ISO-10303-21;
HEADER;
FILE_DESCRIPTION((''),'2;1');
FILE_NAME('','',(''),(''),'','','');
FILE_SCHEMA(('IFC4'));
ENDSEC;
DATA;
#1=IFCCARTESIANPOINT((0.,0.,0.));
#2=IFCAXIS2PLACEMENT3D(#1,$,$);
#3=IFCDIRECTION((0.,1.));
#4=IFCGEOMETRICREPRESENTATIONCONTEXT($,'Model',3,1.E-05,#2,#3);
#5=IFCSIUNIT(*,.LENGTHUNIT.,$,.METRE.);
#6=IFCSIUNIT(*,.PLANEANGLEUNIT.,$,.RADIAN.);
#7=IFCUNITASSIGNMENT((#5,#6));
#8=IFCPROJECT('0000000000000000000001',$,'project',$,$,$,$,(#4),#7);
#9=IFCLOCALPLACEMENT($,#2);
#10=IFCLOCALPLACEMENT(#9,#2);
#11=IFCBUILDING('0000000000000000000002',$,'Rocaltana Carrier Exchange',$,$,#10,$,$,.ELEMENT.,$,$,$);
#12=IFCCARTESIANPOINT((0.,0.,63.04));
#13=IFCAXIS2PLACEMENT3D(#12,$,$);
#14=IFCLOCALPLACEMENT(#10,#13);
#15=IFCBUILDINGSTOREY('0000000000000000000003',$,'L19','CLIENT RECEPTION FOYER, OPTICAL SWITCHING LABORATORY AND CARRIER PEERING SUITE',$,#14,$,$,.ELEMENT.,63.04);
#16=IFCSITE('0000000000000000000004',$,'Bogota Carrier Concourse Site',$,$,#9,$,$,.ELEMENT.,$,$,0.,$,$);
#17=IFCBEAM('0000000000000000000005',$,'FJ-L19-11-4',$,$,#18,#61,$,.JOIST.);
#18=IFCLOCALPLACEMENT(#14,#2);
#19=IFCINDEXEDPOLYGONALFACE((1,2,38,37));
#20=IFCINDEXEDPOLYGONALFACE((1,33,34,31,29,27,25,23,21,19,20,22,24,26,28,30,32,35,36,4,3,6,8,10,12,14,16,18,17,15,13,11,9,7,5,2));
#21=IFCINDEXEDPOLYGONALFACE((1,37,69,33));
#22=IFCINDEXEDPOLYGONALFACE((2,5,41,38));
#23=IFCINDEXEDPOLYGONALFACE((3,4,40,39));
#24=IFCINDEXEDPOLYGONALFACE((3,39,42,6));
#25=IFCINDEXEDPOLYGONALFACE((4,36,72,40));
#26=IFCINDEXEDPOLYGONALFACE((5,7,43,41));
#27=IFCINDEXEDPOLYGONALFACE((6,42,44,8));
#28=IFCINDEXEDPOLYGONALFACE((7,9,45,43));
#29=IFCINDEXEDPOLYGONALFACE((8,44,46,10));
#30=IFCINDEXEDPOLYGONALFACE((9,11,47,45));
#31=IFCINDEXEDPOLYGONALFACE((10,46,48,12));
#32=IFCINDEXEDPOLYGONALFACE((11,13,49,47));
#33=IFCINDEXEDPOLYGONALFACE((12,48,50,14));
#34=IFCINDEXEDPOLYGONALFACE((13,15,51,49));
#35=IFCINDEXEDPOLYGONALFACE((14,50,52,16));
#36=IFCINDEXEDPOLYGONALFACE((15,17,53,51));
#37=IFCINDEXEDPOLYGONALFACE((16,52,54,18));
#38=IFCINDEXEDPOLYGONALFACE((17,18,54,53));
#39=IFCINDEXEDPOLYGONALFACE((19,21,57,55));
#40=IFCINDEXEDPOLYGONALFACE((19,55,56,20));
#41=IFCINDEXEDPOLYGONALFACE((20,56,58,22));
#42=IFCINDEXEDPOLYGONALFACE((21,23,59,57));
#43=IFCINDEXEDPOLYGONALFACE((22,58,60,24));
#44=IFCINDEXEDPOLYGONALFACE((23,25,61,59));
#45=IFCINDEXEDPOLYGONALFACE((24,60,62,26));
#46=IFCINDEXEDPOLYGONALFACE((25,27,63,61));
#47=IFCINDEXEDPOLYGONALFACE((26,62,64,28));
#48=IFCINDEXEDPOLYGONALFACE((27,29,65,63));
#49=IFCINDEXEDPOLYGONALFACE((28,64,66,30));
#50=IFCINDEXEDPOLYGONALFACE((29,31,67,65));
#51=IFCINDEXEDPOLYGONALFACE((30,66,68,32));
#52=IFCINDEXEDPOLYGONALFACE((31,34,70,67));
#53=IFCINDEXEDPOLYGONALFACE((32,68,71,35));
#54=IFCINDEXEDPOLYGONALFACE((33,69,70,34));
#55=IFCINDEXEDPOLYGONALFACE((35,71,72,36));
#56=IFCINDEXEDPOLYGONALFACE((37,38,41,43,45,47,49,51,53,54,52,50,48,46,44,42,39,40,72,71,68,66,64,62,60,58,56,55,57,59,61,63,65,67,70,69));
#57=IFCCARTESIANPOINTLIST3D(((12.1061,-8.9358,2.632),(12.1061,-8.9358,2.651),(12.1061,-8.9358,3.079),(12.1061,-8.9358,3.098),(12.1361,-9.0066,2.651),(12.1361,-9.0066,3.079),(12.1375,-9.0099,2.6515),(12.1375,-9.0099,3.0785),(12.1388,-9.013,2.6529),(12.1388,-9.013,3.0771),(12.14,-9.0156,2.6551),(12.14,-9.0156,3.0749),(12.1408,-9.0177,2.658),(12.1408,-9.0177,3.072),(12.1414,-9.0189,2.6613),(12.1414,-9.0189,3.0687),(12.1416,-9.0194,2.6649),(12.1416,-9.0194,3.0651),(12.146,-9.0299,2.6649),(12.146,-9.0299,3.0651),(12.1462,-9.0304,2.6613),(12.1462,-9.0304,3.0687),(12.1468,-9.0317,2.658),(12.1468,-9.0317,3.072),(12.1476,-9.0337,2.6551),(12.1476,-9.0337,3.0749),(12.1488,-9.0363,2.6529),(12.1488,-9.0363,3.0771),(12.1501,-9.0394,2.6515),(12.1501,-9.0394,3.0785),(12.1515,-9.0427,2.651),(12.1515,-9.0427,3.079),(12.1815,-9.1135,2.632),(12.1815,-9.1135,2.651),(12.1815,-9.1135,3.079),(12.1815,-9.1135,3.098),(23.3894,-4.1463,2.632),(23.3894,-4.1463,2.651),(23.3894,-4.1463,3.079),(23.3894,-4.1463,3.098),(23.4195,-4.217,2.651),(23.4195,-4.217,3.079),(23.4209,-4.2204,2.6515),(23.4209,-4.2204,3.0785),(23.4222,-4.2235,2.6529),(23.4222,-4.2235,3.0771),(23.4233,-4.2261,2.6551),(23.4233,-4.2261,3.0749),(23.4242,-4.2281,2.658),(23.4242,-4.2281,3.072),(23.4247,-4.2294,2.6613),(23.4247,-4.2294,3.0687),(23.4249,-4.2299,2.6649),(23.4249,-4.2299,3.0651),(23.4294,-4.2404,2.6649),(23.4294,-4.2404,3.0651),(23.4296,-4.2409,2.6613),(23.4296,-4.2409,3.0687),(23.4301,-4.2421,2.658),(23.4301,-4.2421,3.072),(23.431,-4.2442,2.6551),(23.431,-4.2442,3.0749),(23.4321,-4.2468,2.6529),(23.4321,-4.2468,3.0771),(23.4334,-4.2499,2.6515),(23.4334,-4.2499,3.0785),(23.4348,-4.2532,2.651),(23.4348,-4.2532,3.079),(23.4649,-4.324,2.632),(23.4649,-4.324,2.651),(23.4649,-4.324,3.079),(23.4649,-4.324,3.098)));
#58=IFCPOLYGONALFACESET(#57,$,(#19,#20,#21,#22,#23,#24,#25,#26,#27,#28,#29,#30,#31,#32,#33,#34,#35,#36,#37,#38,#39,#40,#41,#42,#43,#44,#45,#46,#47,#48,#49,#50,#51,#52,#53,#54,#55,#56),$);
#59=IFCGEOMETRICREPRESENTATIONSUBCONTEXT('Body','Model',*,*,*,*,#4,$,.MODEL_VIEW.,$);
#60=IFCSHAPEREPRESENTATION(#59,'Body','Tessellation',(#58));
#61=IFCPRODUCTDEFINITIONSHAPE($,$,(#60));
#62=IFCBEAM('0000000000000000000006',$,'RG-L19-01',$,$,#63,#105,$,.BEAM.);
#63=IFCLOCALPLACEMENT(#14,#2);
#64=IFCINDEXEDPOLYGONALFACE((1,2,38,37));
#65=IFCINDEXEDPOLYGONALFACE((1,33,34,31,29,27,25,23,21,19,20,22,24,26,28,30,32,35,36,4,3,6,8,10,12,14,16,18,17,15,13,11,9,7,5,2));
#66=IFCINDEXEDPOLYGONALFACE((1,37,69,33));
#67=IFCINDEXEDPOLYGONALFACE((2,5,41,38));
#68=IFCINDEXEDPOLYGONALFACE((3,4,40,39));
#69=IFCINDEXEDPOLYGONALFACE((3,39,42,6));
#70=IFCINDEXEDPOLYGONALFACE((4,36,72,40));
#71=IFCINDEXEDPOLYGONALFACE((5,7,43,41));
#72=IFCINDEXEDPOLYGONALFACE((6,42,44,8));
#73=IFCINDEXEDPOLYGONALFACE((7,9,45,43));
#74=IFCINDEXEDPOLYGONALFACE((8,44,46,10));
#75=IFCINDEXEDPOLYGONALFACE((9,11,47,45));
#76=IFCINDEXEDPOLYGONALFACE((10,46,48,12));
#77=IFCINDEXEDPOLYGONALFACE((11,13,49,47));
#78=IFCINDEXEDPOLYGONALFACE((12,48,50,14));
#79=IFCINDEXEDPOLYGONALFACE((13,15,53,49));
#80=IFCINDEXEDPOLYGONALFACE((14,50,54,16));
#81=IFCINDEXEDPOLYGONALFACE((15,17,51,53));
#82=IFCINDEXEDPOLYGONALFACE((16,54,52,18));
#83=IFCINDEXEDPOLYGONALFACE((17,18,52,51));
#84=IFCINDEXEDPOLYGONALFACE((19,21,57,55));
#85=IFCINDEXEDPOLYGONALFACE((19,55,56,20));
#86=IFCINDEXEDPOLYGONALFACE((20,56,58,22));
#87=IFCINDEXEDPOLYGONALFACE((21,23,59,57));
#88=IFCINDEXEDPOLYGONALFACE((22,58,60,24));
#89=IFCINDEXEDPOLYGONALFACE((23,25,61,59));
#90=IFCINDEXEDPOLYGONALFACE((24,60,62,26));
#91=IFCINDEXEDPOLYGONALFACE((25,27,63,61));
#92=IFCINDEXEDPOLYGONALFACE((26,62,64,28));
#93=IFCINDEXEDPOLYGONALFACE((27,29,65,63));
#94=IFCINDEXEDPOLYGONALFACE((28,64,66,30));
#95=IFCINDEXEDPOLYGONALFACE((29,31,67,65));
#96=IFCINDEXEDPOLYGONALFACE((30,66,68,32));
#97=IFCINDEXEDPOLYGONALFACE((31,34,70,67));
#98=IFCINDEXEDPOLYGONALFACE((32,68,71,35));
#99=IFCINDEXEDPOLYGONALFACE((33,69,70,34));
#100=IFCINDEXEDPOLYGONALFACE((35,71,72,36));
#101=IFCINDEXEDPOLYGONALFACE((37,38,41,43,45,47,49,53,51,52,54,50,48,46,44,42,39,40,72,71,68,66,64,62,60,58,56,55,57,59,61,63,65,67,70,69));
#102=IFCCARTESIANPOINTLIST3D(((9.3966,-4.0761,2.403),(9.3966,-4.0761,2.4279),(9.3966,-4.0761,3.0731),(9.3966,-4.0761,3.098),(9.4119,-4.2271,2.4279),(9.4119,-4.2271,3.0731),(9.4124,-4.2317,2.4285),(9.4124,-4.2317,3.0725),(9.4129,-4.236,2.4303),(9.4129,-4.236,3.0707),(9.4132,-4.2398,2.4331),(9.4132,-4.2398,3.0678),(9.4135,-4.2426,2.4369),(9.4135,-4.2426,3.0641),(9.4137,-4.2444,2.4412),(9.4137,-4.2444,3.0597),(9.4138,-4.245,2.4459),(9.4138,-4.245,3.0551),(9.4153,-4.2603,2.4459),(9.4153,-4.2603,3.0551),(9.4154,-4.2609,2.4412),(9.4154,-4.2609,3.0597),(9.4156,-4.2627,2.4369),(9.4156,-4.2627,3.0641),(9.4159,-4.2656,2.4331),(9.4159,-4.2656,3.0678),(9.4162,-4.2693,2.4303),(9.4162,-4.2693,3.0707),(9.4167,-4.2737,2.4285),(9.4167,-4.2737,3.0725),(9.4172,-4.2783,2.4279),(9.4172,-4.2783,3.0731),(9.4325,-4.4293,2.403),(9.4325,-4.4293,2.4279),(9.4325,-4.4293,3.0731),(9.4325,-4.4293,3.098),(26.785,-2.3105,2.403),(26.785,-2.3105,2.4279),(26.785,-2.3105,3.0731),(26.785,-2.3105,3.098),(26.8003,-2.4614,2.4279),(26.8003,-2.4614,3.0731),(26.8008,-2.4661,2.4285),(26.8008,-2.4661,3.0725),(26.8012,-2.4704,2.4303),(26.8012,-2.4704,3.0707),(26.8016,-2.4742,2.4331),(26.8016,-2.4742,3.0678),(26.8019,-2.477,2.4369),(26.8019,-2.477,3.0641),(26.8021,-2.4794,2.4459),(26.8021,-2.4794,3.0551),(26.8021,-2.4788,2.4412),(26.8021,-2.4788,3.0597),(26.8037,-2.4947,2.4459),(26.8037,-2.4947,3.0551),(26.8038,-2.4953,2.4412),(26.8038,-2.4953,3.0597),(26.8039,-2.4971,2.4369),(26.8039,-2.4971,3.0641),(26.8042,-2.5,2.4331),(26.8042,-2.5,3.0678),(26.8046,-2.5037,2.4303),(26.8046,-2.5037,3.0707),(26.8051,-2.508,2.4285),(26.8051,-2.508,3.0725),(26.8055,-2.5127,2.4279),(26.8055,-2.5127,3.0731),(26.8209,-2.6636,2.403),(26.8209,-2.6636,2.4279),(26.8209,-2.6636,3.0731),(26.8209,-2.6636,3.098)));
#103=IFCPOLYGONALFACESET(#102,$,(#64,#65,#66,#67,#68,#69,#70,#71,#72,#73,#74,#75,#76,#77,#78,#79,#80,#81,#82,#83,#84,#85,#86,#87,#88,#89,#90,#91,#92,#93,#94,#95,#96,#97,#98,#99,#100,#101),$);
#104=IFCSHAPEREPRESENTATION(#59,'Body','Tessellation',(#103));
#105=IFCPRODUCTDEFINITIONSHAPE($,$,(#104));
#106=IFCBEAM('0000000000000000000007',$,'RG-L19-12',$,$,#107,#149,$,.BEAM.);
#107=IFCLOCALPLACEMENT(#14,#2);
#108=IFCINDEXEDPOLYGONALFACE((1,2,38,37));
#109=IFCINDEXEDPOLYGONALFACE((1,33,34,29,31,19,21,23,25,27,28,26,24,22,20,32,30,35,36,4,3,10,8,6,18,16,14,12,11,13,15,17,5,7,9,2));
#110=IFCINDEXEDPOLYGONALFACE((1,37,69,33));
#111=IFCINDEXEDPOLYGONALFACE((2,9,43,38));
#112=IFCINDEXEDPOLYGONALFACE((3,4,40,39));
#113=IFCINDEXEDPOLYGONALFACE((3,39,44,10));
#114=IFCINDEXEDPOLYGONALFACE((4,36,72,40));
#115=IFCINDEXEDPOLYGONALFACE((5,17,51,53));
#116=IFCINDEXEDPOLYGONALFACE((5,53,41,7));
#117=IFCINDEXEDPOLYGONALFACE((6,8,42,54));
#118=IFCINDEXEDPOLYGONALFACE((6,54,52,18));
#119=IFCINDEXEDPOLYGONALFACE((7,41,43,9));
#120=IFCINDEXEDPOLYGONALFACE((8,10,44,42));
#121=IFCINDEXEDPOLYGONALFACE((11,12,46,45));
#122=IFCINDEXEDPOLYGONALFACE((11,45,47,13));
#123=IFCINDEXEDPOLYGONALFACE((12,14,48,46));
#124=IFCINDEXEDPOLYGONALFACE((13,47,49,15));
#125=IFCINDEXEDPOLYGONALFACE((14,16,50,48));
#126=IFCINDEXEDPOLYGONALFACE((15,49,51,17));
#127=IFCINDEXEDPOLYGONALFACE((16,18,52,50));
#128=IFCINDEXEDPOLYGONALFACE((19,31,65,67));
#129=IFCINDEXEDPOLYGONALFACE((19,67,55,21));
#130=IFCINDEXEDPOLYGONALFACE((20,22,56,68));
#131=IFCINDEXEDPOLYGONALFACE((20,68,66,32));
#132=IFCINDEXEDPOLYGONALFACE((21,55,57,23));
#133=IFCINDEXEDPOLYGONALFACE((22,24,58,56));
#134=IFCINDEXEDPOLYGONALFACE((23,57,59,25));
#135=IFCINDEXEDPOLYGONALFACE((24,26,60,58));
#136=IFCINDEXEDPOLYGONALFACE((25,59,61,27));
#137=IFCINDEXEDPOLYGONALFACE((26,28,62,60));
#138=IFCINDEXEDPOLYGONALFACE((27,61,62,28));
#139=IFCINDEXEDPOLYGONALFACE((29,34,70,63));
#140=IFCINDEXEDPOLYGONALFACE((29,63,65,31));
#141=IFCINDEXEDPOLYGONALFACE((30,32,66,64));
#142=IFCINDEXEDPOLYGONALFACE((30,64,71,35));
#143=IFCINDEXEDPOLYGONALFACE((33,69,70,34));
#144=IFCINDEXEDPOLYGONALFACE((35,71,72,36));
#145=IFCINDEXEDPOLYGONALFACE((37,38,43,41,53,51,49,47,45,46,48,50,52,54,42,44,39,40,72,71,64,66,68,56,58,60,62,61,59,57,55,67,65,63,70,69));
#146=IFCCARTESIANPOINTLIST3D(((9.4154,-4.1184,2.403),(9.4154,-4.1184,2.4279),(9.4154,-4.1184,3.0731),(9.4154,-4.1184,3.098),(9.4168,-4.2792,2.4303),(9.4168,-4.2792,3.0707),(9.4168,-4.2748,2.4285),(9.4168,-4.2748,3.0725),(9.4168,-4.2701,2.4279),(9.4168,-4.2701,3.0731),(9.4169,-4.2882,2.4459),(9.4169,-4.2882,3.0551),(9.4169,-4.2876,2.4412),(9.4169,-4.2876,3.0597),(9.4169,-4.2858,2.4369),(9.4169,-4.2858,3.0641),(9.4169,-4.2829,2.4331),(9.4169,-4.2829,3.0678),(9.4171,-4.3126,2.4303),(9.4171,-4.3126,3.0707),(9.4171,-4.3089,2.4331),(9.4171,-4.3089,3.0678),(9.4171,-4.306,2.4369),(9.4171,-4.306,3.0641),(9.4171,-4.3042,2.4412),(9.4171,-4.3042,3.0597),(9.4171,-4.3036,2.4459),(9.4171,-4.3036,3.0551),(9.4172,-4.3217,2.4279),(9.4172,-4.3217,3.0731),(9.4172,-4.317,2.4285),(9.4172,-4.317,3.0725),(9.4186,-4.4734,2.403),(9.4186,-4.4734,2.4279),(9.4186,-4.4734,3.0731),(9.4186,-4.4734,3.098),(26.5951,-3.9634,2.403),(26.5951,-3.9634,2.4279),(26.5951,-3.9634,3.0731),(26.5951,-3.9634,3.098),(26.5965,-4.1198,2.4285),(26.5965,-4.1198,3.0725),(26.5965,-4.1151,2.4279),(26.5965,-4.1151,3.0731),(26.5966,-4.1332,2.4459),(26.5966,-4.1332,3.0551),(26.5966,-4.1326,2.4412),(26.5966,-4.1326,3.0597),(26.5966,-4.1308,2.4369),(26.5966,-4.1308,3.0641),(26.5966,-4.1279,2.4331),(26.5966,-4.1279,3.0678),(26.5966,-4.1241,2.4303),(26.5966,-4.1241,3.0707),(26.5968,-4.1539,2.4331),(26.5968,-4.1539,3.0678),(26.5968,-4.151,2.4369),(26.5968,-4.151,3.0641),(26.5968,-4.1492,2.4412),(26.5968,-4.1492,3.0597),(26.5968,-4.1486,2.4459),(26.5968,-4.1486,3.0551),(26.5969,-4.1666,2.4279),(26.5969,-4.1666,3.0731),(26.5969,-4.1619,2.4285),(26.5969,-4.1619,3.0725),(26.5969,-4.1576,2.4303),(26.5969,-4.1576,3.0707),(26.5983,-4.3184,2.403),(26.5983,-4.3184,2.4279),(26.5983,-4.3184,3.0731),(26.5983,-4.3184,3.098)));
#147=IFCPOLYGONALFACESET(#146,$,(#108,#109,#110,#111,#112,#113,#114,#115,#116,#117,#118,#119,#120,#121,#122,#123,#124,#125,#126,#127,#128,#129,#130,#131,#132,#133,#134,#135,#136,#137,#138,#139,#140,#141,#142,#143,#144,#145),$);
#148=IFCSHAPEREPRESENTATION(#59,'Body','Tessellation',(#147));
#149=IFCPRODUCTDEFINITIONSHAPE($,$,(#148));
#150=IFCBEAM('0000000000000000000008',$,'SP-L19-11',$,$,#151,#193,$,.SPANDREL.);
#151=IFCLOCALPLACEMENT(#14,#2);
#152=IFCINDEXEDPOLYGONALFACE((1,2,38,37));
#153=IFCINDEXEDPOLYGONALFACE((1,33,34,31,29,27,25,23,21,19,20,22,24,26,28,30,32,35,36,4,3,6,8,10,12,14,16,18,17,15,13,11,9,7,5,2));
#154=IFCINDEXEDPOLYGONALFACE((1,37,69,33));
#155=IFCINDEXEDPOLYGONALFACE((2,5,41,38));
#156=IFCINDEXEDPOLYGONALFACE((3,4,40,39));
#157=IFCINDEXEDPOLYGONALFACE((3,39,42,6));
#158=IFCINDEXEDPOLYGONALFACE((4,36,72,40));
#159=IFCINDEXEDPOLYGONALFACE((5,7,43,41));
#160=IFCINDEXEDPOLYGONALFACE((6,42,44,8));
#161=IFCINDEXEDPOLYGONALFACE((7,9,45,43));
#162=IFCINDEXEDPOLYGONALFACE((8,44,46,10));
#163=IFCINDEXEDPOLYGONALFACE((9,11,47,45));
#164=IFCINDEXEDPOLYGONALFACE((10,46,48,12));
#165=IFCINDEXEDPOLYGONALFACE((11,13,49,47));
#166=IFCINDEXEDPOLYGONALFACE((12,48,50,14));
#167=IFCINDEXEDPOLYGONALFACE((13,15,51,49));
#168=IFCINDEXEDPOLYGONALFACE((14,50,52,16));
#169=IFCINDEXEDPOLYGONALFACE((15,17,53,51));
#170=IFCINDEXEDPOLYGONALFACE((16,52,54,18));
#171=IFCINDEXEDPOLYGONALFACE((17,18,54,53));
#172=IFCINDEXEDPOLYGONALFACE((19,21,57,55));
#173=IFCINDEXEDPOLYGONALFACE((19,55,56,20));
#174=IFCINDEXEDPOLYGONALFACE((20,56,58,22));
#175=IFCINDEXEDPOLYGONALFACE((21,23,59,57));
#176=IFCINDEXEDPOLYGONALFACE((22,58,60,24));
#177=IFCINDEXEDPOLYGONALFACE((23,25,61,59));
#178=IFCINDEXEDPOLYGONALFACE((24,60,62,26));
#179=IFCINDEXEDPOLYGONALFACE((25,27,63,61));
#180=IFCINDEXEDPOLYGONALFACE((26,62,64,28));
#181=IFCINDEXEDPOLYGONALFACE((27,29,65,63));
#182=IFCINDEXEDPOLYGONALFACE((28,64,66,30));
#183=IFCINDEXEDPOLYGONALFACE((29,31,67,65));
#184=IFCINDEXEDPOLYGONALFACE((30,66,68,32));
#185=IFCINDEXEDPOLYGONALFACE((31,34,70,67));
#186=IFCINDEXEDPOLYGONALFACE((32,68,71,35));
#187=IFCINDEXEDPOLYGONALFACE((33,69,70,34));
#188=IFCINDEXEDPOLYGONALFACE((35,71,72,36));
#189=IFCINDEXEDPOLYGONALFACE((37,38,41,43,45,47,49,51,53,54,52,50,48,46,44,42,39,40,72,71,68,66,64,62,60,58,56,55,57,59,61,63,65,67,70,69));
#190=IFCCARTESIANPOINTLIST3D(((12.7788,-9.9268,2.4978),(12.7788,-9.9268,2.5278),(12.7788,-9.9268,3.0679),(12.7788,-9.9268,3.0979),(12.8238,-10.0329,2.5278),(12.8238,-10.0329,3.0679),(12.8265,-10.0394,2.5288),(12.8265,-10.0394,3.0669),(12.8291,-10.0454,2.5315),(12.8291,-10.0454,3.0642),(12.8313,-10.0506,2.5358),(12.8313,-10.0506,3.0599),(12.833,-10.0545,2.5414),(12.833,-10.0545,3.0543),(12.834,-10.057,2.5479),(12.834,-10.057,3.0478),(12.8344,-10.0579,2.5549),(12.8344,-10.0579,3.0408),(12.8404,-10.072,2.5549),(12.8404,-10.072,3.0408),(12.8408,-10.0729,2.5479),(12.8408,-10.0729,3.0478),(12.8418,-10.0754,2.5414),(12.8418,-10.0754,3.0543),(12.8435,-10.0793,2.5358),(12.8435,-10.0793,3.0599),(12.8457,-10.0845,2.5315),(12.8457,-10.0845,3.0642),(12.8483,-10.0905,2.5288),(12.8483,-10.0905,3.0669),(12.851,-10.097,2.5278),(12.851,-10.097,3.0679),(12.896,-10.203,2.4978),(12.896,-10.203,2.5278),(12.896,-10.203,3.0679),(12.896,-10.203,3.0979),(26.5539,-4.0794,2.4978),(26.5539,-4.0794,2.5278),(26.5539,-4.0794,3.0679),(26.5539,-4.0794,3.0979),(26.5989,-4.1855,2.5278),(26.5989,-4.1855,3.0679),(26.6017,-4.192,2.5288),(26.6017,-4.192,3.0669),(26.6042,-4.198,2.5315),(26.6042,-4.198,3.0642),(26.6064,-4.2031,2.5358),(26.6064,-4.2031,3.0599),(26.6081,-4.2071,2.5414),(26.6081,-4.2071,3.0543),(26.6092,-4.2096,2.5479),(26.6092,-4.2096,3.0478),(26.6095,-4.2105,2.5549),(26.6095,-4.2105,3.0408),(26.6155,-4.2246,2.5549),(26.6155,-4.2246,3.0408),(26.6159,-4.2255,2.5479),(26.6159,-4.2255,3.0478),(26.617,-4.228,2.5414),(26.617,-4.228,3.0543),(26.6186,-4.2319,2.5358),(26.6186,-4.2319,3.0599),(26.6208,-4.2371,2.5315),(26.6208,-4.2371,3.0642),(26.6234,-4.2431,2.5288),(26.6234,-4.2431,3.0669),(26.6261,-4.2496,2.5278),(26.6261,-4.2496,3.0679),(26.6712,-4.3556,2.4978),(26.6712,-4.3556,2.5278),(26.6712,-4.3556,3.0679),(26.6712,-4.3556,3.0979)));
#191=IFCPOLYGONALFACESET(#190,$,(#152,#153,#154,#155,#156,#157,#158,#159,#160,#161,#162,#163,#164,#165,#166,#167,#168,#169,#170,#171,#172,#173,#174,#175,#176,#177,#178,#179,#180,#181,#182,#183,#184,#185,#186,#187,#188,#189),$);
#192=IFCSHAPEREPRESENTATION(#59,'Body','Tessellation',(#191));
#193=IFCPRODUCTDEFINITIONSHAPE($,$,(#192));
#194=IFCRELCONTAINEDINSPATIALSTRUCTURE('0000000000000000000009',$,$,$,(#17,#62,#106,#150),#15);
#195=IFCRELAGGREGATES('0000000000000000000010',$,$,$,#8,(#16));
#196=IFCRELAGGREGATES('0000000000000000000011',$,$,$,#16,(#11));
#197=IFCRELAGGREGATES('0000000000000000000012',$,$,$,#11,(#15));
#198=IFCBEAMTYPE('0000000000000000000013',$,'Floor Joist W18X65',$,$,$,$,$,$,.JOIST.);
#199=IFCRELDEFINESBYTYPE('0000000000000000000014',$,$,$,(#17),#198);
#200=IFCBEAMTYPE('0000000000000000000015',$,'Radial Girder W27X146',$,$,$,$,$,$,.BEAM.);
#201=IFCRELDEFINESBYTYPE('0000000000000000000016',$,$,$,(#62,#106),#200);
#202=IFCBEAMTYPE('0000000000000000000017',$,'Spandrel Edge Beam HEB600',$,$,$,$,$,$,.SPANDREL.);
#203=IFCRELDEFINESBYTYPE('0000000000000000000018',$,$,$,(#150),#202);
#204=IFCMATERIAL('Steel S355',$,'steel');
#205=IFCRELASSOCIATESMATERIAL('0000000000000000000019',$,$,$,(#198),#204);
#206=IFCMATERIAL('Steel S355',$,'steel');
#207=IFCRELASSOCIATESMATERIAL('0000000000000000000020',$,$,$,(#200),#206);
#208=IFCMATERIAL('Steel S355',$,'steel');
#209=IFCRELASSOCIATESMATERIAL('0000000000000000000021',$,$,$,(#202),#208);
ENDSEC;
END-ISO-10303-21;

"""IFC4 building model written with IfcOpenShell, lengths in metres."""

from ifc_helpers import new_model, si_unit, direction, frame, origin, origin_2d, place, context, subcontext, project, spatial, i_section, extrude, material, material_profile, profile_set, type_object, element, save


model = new_model("IFC4")

# Units and contexts
model_context = context("Model", 3, precision=1e-05, world=origin(), true_north=direction((0.0, 1.0)))
body_context = subcontext(model_context, "Body", "Model", "MODEL_VIEW")
ifc_project = project(units=[si_unit("LENGTHUNIT", "METRE"), si_unit("PLANEANGLEUNIT", "RADIAN")], contexts=[model_context])

# Site, building, storey
site_placement = place(None, origin())
site = spatial("IfcSite", under=ifc_project, at=site_placement, Name="Bogota Carrier Concourse Site", CompositionType="ELEMENT", RefElevation=0.0)
building_placement = place(site_placement, origin())
building = spatial("IfcBuilding", under=site, at=building_placement, Name="Rocaltana Carrier Exchange", CompositionType="ELEMENT")
storey_placement = place(building_placement, frame((0.0, 0.0, 63.04)))
storey = spatial("IfcBuildingStorey", under=building, at=storey_placement, Name="L19", Description="CLIENT RECEPTION FOYER, OPTICAL SWITCHING LABORATORY AND CARRIER PEERING SUITE", CompositionType="ELEMENT", Elevation=63.04)

# Beams
ifc_material_1 = material(Name="Steel S355", Category="steel")
ifc_material_profile_1 = material_profile(ifc_material_1, i_section(OverallWidth=0.1931, OverallDepth=0.4661, WebThickness=0.0115, FlangeThickness=0.019, FilletRadius=0.0139, at=origin_2d()), Name="W18X65")
ifc_profile_set_1 = profile_set([ifc_material_profile_1], Name="Steel S355")
beam_type_1 = type_object("IfcBeamType", Name="Floor Joist W18X65", PredefinedType="JOIST", material=ifc_profile_set_1)
beam_1_placement = place(storey_placement, frame((12.1438, -9.0247, 2.865), z_axis=(0.920505, 0.390732, 0.0), x_axis=(-0.390732, 0.920505, 0.0)))
element("IfcBeam", 1, at=beam_1_placement, inside=storey, type_object=beam_type_1, Name="FJ-L19-11-4", PredefinedType="JOIST", context=body_context, shape_type="SweptSolid", body=[
    extrude(i_section(OverallWidth=0.1931, OverallDepth=0.4661, WebThickness=0.0115, FlangeThickness=0.019, FilletRadius=0.0139, at=origin_2d()), origin(), (0.0, 0.0, 1.0), 12.2578),
])
ifc_material_2 = material(Name="Steel S355", Category="steel")
ifc_material_profile_2 = material_profile(ifc_material_2, i_section(OverallWidth=0.355, OverallDepth=0.6951, WebThickness=0.0154, FlangeThickness=0.0249, FilletRadius=0.0181, at=origin_2d()), Name="W27X146")
ifc_profile_set_2 = profile_set([ifc_material_profile_2], Name="Steel S355")
beam_type_2 = type_object("IfcBeamType", Name="Radial Girder W27X146", PredefinedType="BEAM", material=ifc_profile_set_2)
beam_2_placement = place(storey_placement, frame((9.4146, -4.2527, 2.7505), z_axis=(0.994884, 0.101021, 0.0), x_axis=(-0.101021, 0.994884, 0.0)))
element("IfcBeam", 2, at=beam_2_placement, inside=storey, type_object=beam_type_2, Name="RG-L19-01", PredefinedType="BEAM", context=body_context, shape_type="SweptSolid", body=[
    extrude(i_section(OverallWidth=0.355, OverallDepth=0.6951, WebThickness=0.0154, FlangeThickness=0.0249, FilletRadius=0.0181, at=origin_2d()), origin(), (0.0, 0.0, 1.0), 17.4778),
])
beam_3_placement = place(storey_placement, frame((9.417, -4.2959, 2.7505), z_axis=(0.999959, 0.009024, 0.0), x_axis=(-0.009024, 0.999959, 0.0)))
element("IfcBeam", 3, at=beam_3_placement, inside=storey, type_object=beam_type_2, Name="RG-L19-12", PredefinedType="BEAM", context=body_context, shape_type="SweptSolid", body=[
    extrude(i_section(OverallWidth=0.355, OverallDepth=0.6951, WebThickness=0.0154, FlangeThickness=0.0249, FilletRadius=0.0181, at=origin_2d()), origin(), (0.0, 0.0, 1.0), 17.1804),
])
ifc_material_3 = material(Name="Steel S355", Category="steel")
ifc_material_profile_3 = material_profile(ifc_material_3, i_section(OverallWidth=0.3, OverallDepth=0.6001, WebThickness=0.0154, FlangeThickness=0.03, FilletRadius=0.0271, at=origin_2d()), Name="HEB600")
ifc_profile_set_3 = profile_set([ifc_material_profile_3], Name="Steel S355")
beam_type_3 = type_object("IfcBeamType", Name="Spandrel Edge Beam HEB600", PredefinedType="SPANDREL", material=ifc_profile_set_3)
beam_4_placement = place(storey_placement, frame((12.8374, -10.0649, 2.7979), z_axis=(0.9205, 0.390743, 0.0), x_axis=(-0.390743, 0.9205, 0.0)))
element("IfcBeam", 4, at=beam_4_placement, inside=storey, type_object=beam_type_3, Name="SP-L19-11", PredefinedType="SPANDREL", context=body_context, shape_type="SweptSolid", body=[
    extrude(i_section(OverallWidth=0.3, OverallDepth=0.6001, WebThickness=0.0154, FlangeThickness=0.03, FilletRadius=0.0271, at=origin_2d()), origin(), (0.0, 0.0, 1.0), 14.9648),
])

save(model, "model.ifc")
